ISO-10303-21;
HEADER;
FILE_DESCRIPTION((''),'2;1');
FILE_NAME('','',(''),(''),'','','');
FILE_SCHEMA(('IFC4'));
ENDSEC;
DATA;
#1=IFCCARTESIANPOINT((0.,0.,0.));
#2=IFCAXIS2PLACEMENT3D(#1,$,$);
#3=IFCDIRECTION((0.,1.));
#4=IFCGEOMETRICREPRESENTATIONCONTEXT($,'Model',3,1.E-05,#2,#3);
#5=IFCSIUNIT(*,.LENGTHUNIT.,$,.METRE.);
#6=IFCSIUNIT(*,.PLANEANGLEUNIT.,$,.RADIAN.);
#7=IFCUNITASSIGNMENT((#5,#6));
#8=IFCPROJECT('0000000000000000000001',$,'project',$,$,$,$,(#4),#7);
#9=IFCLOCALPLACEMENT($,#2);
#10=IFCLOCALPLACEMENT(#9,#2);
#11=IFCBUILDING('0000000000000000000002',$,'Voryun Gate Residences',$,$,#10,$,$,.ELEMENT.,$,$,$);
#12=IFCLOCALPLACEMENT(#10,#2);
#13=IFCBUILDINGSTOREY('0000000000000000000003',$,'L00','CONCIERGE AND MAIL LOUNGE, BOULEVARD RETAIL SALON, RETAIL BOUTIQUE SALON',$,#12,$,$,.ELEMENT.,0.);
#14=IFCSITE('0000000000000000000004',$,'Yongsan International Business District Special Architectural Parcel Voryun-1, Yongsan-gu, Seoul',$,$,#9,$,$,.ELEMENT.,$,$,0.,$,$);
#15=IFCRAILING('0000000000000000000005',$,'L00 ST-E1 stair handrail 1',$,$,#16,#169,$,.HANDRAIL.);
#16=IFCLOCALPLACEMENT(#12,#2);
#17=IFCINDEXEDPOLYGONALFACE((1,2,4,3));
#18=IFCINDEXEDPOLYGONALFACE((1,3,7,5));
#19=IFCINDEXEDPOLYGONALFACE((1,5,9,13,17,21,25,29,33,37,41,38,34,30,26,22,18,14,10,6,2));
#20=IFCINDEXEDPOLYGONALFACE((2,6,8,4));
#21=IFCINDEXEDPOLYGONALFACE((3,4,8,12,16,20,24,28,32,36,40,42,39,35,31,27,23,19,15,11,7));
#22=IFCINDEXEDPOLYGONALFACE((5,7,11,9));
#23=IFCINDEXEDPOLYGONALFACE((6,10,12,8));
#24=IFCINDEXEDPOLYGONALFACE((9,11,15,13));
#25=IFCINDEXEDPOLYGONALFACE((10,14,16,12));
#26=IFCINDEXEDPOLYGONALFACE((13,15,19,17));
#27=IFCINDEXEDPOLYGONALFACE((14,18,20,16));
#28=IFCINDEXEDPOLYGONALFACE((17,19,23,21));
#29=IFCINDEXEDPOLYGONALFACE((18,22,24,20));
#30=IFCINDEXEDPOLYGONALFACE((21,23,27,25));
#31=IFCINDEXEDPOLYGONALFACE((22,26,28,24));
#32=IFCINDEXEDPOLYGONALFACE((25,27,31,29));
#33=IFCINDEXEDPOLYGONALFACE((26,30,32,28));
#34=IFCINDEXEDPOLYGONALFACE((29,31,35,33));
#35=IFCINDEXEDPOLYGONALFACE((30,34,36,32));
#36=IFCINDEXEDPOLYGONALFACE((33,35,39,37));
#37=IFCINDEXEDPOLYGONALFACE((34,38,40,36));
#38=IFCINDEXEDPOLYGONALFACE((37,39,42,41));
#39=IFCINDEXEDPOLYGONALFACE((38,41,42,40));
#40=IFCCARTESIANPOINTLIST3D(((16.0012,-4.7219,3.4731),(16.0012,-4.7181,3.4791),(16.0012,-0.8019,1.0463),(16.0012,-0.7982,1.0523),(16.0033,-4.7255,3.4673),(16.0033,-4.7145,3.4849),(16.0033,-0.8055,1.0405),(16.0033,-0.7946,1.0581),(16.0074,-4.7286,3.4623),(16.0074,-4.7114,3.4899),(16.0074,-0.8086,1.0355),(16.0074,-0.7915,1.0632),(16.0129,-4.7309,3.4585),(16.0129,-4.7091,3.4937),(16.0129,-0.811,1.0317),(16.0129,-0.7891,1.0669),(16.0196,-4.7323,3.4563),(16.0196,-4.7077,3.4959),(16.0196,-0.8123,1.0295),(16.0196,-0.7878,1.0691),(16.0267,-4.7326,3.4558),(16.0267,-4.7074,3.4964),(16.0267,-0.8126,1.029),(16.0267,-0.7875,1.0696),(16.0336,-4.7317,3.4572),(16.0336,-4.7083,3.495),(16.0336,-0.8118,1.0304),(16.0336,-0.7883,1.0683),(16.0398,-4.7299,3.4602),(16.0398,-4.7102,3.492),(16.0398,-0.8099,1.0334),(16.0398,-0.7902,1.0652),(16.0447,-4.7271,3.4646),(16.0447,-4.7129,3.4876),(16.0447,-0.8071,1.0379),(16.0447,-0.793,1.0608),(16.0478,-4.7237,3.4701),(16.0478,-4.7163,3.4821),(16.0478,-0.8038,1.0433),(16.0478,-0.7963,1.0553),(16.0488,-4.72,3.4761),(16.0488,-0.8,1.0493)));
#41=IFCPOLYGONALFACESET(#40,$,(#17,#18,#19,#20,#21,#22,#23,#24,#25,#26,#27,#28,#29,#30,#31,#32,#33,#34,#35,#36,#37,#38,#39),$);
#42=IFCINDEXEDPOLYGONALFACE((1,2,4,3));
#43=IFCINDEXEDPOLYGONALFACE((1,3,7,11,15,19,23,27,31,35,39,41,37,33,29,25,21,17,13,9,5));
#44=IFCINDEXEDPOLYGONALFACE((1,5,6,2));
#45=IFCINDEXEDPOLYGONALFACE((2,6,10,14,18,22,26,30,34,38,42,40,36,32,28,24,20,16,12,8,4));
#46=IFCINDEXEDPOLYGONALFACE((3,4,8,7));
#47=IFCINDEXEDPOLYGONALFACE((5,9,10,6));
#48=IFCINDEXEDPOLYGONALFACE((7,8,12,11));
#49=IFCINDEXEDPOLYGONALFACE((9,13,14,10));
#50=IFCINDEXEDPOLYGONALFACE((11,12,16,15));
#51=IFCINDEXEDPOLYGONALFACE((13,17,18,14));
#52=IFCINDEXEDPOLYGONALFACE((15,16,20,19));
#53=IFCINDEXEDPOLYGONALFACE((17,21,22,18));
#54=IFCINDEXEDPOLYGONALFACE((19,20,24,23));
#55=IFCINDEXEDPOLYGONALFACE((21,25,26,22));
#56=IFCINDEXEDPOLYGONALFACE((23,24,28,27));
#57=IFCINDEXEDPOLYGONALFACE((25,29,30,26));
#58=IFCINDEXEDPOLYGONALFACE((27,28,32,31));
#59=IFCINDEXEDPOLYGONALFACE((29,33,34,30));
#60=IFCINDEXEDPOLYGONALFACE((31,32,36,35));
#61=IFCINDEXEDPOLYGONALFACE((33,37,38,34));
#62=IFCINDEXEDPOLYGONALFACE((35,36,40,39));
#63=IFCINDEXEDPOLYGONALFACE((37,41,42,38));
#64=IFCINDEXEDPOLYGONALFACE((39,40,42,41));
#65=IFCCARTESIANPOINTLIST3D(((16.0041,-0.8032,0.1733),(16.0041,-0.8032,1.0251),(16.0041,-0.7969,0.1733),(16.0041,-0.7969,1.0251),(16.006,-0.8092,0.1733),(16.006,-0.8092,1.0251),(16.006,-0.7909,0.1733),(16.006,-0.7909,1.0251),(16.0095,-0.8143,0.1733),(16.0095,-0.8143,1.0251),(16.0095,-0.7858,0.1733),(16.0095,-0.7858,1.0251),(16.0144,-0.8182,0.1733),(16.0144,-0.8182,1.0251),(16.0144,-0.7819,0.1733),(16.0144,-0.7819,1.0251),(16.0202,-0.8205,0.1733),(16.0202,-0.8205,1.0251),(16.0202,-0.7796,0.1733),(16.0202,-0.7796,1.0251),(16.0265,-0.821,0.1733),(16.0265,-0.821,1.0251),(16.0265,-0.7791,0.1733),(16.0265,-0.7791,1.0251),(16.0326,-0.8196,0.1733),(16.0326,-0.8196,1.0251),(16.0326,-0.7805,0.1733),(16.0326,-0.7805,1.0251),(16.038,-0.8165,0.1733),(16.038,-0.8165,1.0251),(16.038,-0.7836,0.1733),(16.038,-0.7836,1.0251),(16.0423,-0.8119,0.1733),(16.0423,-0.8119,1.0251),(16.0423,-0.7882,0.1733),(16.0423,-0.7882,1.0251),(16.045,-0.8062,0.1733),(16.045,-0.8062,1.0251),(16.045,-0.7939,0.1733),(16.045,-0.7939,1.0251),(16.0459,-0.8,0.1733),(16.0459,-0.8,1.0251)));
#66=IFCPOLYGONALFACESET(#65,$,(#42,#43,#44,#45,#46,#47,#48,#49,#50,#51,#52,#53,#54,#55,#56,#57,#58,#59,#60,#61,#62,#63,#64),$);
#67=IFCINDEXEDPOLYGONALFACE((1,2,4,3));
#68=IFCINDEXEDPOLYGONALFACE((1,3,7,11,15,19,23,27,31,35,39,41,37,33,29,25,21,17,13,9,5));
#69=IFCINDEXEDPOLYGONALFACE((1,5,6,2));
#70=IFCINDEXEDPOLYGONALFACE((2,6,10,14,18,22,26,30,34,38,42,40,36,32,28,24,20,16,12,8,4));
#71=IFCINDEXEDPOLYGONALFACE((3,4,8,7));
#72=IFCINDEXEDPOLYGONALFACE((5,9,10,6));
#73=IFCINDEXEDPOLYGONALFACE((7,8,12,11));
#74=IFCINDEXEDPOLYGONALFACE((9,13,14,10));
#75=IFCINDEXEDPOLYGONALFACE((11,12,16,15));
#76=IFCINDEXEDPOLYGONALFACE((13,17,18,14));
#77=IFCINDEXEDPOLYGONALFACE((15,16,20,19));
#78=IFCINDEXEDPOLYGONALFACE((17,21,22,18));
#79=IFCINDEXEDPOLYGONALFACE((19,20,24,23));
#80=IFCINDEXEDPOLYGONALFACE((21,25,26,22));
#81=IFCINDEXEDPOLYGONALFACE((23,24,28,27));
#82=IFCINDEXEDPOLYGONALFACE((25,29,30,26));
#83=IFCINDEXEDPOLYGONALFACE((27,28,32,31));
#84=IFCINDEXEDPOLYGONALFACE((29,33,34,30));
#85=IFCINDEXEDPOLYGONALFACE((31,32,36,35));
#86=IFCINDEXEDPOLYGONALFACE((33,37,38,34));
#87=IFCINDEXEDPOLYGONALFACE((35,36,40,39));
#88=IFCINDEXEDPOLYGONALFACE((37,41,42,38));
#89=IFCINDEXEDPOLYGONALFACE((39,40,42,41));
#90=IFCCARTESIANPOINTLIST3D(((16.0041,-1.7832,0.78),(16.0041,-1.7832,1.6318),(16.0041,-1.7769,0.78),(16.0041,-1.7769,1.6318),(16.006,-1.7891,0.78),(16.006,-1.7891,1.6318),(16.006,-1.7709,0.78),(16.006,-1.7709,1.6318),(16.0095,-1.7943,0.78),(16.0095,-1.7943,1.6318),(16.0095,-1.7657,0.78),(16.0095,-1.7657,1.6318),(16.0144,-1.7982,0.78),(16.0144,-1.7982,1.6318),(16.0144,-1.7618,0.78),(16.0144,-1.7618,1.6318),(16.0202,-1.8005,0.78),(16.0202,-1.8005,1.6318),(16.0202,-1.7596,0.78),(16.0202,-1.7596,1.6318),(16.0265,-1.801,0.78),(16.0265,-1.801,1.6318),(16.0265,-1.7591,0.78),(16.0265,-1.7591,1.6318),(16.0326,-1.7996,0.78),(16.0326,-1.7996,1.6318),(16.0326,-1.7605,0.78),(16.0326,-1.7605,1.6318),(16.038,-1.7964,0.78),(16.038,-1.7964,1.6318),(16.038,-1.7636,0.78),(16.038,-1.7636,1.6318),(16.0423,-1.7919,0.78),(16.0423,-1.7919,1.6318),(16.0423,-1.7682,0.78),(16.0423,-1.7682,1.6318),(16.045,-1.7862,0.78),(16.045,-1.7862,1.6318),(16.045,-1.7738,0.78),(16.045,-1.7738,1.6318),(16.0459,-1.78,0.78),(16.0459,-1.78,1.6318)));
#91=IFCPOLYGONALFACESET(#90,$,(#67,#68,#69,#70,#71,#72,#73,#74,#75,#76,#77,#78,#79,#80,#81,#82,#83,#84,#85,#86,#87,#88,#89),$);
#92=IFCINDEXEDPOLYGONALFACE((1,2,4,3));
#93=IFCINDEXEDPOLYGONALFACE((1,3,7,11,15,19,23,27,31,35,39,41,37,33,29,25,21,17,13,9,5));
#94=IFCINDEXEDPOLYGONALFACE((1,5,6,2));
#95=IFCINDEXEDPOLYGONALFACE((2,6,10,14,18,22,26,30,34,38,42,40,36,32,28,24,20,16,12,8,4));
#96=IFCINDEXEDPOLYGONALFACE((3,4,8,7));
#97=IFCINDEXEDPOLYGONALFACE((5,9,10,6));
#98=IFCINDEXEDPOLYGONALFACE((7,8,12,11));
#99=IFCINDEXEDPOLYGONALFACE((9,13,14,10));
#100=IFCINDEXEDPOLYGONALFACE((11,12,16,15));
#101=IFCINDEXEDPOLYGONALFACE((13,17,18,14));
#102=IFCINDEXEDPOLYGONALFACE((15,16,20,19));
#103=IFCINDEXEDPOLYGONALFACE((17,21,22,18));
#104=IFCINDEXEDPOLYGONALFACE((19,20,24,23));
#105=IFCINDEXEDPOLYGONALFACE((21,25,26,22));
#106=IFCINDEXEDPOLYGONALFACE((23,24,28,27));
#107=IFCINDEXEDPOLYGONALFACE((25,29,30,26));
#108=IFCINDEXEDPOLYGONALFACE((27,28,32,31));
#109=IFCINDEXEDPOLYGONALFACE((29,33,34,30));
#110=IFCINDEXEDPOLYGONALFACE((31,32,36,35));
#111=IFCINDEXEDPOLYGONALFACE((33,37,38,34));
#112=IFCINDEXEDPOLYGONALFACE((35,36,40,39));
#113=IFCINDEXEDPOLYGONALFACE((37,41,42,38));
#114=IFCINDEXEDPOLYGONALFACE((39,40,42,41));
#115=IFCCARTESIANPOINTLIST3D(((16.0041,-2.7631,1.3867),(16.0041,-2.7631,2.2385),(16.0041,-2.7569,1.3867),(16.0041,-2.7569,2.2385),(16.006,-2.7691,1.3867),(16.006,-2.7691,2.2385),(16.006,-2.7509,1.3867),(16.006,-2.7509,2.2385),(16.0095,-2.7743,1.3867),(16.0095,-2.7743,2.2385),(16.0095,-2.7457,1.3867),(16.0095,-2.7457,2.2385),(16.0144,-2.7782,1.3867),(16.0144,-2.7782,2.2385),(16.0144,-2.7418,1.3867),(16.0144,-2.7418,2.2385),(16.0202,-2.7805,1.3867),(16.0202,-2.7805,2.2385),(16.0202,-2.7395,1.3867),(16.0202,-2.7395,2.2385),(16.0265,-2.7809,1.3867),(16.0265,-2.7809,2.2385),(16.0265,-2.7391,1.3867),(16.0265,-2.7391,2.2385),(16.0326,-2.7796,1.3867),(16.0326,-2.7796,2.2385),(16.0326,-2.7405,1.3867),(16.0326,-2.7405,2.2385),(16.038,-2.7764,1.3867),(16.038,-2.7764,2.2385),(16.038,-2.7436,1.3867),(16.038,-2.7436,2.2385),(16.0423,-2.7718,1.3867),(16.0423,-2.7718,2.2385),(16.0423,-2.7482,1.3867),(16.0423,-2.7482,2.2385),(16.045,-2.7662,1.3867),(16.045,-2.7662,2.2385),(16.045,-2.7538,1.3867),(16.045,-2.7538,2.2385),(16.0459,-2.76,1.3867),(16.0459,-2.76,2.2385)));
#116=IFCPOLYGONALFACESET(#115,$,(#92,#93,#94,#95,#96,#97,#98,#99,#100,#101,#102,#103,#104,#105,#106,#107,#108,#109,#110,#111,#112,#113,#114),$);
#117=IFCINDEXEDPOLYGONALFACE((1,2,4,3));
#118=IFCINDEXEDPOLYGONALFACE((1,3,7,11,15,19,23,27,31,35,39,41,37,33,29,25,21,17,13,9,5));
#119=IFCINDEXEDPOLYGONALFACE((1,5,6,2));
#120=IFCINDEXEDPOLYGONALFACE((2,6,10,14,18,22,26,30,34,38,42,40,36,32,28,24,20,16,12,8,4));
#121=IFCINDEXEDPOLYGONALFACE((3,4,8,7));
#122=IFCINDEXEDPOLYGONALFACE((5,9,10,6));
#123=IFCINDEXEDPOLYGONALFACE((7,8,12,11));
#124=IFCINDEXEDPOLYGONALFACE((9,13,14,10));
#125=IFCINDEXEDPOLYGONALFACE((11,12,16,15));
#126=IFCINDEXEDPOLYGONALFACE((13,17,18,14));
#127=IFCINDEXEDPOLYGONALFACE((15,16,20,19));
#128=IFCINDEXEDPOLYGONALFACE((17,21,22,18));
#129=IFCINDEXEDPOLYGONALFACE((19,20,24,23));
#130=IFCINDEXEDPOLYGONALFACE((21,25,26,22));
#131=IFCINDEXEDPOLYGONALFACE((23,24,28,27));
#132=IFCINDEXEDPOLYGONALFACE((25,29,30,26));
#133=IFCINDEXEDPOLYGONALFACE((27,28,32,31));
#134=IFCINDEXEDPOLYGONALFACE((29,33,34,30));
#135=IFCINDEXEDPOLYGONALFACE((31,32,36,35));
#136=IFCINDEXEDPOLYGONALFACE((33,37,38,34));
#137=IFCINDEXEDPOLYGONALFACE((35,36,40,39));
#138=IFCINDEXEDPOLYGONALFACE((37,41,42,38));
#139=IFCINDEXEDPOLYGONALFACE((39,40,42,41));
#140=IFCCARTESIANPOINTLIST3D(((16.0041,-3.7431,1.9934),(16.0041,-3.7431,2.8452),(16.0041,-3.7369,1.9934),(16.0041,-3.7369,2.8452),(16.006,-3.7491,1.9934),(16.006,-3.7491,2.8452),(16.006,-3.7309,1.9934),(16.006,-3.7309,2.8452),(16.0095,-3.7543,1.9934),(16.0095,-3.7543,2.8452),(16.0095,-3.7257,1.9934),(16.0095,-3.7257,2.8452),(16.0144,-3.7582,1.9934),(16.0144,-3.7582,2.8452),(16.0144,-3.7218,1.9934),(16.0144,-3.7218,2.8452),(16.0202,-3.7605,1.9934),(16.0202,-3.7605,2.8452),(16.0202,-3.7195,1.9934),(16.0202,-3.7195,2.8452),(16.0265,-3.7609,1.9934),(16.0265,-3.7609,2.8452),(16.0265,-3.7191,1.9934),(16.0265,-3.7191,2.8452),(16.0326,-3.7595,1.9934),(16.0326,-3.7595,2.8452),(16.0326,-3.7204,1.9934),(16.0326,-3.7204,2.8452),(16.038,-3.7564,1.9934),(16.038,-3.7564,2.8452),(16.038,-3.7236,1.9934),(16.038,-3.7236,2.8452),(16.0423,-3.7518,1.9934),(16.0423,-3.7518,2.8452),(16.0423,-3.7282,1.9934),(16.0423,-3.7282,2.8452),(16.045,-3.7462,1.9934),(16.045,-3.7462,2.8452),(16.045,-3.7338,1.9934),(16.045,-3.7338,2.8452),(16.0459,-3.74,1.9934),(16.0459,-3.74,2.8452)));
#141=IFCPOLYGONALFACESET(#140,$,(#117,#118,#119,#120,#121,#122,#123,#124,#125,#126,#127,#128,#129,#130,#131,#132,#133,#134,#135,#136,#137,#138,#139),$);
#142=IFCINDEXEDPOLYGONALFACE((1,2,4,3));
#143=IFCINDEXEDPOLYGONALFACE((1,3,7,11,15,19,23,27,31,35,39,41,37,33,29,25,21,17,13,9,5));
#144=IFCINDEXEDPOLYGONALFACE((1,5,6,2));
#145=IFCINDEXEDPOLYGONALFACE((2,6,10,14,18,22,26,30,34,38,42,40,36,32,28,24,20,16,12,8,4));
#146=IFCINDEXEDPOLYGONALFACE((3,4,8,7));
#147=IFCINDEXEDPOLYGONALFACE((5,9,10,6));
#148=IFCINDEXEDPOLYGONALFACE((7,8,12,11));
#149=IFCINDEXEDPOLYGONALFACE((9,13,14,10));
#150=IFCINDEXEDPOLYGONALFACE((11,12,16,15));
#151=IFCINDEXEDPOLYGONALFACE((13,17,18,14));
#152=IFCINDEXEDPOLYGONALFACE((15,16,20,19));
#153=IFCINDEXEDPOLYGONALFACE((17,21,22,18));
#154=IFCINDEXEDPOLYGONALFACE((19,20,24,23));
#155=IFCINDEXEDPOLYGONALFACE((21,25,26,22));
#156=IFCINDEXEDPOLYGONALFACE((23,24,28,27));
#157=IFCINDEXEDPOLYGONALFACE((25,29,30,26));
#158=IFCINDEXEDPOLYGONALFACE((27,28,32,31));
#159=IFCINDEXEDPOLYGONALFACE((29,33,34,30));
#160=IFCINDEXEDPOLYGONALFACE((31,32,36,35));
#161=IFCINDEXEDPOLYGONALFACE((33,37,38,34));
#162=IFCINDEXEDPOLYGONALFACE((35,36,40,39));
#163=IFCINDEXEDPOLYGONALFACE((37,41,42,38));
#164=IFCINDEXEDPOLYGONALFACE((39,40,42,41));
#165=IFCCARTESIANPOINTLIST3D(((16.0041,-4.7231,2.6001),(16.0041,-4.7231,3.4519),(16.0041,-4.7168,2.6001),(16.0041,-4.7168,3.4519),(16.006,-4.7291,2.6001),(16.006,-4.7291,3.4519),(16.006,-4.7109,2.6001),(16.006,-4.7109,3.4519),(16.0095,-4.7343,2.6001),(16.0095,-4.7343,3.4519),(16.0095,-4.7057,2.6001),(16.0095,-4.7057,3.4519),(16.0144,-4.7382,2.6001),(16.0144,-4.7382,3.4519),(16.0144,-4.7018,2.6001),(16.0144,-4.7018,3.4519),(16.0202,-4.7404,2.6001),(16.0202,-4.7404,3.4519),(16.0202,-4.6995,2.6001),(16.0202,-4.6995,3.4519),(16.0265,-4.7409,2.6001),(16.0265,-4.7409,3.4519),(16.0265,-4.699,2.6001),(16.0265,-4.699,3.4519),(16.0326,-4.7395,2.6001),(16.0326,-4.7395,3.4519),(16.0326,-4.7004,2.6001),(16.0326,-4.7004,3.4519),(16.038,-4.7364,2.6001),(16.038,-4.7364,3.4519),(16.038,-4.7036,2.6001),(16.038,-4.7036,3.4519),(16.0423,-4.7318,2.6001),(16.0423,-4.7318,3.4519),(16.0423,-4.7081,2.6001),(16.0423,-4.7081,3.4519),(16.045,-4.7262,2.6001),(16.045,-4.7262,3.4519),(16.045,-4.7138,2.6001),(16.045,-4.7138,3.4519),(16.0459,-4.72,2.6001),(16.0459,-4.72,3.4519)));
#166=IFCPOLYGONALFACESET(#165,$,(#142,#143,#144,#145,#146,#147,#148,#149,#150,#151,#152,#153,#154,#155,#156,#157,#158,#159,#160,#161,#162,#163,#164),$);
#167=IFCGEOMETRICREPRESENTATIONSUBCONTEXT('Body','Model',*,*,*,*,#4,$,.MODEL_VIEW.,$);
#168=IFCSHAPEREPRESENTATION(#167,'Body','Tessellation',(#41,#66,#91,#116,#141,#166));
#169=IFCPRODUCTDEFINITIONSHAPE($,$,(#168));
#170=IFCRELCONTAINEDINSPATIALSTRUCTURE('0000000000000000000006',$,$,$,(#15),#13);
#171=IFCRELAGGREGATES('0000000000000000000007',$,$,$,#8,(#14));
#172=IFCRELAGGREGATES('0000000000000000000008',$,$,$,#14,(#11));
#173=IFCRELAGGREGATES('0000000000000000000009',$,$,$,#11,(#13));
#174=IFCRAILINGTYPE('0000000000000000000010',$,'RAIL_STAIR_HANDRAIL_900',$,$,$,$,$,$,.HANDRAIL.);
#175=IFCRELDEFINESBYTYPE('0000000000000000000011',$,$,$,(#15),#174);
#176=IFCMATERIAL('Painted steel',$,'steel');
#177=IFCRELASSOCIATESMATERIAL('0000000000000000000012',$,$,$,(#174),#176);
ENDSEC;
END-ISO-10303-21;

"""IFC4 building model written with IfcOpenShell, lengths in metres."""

from ifc_helpers import new_model, si_unit, direction, frame, origin, origin_2d, place, context, subcontext, project, spatial, circle, extrude, material, type_object, element, save


model = new_model("IFC4")

# Units and contexts
model_context = context("Model", 3, precision=1e-05, world=origin(), true_north=direction((0.0, 1.0)))
body_context = subcontext(model_context, "Body", "Model", "MODEL_VIEW")
ifc_project = project(units=[si_unit("LENGTHUNIT", "METRE"), si_unit("PLANEANGLEUNIT", "RADIAN")], contexts=[model_context])

# Site, building, storey
site_placement = place(None, origin())
site = spatial("IfcSite", under=ifc_project, at=site_placement, Name="Yongsan International Business District Special Architectural Parcel Voryun-1, Yongsan-gu, Seoul", CompositionType="ELEMENT", RefElevation=0.0)
building_placement = place(site_placement, origin())
building = spatial("IfcBuilding", under=site, at=building_placement, Name="Voryun Gate Residences", CompositionType="ELEMENT")
storey_placement = place(building_placement, origin())
storey = spatial("IfcBuildingStorey", under=building, at=storey_placement, Name="L00", Description="CONCIERGE AND MAIL LOUNGE, BOULEVARD RETAIL SALON, RETAIL BOUTIQUE SALON", CompositionType="ELEMENT", Elevation=0.0)

# Railing
ifc_material_1 = material(Name="Painted steel", Category="steel")
railing_type_1 = type_object("IfcRailingType", Name="RAIL_STAIR_HANDRAIL_900", PredefinedType="HANDRAIL", material=ifc_material_1)
railing_1_placement = place(storey_placement, frame((16.0249, -0.8, 0.1733)))
element("IfcRailing", 1, at=railing_1_placement, inside=storey, type_object=railing_type_1, Name="L00 ST-E1 stair handrail 1", PredefinedType="HANDRAIL", context=body_context, shape_type="SweptSolid", body=[
    extrude(circle(Radius=0.0239, at=origin_2d()), frame((0.0, 0.0, 0.876), z_axis=(0.0, -0.850252, 0.526376), x_axis=(1.0, 0.0, 0.0)), (0.0, 0.0, 1.0), 4.6104),
    extrude(circle(Radius=0.021, at=origin_2d()), origin(), (0.0, 0.0, 1.0), 0.8518),
    extrude(circle(Radius=0.021, at=origin_2d()), frame((0.0, -0.98, 0.6067)), (0.0, 0.0, 1.0), 0.8518),
    extrude(circle(Radius=0.021, at=origin_2d()), frame((0.0, -1.96, 1.2134)), (0.0, 0.0, 1.0), 0.8518),
    extrude(circle(Radius=0.021, at=origin_2d()), frame((0.0, -2.9399, 1.8201)), (0.0, 0.0, 1.0), 0.8518),
    extrude(circle(Radius=0.021, at=origin_2d()), frame((0.0, -3.9199, 2.4268)), (0.0, 0.0, 1.0), 0.8518),
])

save(model, "model.ifc")
